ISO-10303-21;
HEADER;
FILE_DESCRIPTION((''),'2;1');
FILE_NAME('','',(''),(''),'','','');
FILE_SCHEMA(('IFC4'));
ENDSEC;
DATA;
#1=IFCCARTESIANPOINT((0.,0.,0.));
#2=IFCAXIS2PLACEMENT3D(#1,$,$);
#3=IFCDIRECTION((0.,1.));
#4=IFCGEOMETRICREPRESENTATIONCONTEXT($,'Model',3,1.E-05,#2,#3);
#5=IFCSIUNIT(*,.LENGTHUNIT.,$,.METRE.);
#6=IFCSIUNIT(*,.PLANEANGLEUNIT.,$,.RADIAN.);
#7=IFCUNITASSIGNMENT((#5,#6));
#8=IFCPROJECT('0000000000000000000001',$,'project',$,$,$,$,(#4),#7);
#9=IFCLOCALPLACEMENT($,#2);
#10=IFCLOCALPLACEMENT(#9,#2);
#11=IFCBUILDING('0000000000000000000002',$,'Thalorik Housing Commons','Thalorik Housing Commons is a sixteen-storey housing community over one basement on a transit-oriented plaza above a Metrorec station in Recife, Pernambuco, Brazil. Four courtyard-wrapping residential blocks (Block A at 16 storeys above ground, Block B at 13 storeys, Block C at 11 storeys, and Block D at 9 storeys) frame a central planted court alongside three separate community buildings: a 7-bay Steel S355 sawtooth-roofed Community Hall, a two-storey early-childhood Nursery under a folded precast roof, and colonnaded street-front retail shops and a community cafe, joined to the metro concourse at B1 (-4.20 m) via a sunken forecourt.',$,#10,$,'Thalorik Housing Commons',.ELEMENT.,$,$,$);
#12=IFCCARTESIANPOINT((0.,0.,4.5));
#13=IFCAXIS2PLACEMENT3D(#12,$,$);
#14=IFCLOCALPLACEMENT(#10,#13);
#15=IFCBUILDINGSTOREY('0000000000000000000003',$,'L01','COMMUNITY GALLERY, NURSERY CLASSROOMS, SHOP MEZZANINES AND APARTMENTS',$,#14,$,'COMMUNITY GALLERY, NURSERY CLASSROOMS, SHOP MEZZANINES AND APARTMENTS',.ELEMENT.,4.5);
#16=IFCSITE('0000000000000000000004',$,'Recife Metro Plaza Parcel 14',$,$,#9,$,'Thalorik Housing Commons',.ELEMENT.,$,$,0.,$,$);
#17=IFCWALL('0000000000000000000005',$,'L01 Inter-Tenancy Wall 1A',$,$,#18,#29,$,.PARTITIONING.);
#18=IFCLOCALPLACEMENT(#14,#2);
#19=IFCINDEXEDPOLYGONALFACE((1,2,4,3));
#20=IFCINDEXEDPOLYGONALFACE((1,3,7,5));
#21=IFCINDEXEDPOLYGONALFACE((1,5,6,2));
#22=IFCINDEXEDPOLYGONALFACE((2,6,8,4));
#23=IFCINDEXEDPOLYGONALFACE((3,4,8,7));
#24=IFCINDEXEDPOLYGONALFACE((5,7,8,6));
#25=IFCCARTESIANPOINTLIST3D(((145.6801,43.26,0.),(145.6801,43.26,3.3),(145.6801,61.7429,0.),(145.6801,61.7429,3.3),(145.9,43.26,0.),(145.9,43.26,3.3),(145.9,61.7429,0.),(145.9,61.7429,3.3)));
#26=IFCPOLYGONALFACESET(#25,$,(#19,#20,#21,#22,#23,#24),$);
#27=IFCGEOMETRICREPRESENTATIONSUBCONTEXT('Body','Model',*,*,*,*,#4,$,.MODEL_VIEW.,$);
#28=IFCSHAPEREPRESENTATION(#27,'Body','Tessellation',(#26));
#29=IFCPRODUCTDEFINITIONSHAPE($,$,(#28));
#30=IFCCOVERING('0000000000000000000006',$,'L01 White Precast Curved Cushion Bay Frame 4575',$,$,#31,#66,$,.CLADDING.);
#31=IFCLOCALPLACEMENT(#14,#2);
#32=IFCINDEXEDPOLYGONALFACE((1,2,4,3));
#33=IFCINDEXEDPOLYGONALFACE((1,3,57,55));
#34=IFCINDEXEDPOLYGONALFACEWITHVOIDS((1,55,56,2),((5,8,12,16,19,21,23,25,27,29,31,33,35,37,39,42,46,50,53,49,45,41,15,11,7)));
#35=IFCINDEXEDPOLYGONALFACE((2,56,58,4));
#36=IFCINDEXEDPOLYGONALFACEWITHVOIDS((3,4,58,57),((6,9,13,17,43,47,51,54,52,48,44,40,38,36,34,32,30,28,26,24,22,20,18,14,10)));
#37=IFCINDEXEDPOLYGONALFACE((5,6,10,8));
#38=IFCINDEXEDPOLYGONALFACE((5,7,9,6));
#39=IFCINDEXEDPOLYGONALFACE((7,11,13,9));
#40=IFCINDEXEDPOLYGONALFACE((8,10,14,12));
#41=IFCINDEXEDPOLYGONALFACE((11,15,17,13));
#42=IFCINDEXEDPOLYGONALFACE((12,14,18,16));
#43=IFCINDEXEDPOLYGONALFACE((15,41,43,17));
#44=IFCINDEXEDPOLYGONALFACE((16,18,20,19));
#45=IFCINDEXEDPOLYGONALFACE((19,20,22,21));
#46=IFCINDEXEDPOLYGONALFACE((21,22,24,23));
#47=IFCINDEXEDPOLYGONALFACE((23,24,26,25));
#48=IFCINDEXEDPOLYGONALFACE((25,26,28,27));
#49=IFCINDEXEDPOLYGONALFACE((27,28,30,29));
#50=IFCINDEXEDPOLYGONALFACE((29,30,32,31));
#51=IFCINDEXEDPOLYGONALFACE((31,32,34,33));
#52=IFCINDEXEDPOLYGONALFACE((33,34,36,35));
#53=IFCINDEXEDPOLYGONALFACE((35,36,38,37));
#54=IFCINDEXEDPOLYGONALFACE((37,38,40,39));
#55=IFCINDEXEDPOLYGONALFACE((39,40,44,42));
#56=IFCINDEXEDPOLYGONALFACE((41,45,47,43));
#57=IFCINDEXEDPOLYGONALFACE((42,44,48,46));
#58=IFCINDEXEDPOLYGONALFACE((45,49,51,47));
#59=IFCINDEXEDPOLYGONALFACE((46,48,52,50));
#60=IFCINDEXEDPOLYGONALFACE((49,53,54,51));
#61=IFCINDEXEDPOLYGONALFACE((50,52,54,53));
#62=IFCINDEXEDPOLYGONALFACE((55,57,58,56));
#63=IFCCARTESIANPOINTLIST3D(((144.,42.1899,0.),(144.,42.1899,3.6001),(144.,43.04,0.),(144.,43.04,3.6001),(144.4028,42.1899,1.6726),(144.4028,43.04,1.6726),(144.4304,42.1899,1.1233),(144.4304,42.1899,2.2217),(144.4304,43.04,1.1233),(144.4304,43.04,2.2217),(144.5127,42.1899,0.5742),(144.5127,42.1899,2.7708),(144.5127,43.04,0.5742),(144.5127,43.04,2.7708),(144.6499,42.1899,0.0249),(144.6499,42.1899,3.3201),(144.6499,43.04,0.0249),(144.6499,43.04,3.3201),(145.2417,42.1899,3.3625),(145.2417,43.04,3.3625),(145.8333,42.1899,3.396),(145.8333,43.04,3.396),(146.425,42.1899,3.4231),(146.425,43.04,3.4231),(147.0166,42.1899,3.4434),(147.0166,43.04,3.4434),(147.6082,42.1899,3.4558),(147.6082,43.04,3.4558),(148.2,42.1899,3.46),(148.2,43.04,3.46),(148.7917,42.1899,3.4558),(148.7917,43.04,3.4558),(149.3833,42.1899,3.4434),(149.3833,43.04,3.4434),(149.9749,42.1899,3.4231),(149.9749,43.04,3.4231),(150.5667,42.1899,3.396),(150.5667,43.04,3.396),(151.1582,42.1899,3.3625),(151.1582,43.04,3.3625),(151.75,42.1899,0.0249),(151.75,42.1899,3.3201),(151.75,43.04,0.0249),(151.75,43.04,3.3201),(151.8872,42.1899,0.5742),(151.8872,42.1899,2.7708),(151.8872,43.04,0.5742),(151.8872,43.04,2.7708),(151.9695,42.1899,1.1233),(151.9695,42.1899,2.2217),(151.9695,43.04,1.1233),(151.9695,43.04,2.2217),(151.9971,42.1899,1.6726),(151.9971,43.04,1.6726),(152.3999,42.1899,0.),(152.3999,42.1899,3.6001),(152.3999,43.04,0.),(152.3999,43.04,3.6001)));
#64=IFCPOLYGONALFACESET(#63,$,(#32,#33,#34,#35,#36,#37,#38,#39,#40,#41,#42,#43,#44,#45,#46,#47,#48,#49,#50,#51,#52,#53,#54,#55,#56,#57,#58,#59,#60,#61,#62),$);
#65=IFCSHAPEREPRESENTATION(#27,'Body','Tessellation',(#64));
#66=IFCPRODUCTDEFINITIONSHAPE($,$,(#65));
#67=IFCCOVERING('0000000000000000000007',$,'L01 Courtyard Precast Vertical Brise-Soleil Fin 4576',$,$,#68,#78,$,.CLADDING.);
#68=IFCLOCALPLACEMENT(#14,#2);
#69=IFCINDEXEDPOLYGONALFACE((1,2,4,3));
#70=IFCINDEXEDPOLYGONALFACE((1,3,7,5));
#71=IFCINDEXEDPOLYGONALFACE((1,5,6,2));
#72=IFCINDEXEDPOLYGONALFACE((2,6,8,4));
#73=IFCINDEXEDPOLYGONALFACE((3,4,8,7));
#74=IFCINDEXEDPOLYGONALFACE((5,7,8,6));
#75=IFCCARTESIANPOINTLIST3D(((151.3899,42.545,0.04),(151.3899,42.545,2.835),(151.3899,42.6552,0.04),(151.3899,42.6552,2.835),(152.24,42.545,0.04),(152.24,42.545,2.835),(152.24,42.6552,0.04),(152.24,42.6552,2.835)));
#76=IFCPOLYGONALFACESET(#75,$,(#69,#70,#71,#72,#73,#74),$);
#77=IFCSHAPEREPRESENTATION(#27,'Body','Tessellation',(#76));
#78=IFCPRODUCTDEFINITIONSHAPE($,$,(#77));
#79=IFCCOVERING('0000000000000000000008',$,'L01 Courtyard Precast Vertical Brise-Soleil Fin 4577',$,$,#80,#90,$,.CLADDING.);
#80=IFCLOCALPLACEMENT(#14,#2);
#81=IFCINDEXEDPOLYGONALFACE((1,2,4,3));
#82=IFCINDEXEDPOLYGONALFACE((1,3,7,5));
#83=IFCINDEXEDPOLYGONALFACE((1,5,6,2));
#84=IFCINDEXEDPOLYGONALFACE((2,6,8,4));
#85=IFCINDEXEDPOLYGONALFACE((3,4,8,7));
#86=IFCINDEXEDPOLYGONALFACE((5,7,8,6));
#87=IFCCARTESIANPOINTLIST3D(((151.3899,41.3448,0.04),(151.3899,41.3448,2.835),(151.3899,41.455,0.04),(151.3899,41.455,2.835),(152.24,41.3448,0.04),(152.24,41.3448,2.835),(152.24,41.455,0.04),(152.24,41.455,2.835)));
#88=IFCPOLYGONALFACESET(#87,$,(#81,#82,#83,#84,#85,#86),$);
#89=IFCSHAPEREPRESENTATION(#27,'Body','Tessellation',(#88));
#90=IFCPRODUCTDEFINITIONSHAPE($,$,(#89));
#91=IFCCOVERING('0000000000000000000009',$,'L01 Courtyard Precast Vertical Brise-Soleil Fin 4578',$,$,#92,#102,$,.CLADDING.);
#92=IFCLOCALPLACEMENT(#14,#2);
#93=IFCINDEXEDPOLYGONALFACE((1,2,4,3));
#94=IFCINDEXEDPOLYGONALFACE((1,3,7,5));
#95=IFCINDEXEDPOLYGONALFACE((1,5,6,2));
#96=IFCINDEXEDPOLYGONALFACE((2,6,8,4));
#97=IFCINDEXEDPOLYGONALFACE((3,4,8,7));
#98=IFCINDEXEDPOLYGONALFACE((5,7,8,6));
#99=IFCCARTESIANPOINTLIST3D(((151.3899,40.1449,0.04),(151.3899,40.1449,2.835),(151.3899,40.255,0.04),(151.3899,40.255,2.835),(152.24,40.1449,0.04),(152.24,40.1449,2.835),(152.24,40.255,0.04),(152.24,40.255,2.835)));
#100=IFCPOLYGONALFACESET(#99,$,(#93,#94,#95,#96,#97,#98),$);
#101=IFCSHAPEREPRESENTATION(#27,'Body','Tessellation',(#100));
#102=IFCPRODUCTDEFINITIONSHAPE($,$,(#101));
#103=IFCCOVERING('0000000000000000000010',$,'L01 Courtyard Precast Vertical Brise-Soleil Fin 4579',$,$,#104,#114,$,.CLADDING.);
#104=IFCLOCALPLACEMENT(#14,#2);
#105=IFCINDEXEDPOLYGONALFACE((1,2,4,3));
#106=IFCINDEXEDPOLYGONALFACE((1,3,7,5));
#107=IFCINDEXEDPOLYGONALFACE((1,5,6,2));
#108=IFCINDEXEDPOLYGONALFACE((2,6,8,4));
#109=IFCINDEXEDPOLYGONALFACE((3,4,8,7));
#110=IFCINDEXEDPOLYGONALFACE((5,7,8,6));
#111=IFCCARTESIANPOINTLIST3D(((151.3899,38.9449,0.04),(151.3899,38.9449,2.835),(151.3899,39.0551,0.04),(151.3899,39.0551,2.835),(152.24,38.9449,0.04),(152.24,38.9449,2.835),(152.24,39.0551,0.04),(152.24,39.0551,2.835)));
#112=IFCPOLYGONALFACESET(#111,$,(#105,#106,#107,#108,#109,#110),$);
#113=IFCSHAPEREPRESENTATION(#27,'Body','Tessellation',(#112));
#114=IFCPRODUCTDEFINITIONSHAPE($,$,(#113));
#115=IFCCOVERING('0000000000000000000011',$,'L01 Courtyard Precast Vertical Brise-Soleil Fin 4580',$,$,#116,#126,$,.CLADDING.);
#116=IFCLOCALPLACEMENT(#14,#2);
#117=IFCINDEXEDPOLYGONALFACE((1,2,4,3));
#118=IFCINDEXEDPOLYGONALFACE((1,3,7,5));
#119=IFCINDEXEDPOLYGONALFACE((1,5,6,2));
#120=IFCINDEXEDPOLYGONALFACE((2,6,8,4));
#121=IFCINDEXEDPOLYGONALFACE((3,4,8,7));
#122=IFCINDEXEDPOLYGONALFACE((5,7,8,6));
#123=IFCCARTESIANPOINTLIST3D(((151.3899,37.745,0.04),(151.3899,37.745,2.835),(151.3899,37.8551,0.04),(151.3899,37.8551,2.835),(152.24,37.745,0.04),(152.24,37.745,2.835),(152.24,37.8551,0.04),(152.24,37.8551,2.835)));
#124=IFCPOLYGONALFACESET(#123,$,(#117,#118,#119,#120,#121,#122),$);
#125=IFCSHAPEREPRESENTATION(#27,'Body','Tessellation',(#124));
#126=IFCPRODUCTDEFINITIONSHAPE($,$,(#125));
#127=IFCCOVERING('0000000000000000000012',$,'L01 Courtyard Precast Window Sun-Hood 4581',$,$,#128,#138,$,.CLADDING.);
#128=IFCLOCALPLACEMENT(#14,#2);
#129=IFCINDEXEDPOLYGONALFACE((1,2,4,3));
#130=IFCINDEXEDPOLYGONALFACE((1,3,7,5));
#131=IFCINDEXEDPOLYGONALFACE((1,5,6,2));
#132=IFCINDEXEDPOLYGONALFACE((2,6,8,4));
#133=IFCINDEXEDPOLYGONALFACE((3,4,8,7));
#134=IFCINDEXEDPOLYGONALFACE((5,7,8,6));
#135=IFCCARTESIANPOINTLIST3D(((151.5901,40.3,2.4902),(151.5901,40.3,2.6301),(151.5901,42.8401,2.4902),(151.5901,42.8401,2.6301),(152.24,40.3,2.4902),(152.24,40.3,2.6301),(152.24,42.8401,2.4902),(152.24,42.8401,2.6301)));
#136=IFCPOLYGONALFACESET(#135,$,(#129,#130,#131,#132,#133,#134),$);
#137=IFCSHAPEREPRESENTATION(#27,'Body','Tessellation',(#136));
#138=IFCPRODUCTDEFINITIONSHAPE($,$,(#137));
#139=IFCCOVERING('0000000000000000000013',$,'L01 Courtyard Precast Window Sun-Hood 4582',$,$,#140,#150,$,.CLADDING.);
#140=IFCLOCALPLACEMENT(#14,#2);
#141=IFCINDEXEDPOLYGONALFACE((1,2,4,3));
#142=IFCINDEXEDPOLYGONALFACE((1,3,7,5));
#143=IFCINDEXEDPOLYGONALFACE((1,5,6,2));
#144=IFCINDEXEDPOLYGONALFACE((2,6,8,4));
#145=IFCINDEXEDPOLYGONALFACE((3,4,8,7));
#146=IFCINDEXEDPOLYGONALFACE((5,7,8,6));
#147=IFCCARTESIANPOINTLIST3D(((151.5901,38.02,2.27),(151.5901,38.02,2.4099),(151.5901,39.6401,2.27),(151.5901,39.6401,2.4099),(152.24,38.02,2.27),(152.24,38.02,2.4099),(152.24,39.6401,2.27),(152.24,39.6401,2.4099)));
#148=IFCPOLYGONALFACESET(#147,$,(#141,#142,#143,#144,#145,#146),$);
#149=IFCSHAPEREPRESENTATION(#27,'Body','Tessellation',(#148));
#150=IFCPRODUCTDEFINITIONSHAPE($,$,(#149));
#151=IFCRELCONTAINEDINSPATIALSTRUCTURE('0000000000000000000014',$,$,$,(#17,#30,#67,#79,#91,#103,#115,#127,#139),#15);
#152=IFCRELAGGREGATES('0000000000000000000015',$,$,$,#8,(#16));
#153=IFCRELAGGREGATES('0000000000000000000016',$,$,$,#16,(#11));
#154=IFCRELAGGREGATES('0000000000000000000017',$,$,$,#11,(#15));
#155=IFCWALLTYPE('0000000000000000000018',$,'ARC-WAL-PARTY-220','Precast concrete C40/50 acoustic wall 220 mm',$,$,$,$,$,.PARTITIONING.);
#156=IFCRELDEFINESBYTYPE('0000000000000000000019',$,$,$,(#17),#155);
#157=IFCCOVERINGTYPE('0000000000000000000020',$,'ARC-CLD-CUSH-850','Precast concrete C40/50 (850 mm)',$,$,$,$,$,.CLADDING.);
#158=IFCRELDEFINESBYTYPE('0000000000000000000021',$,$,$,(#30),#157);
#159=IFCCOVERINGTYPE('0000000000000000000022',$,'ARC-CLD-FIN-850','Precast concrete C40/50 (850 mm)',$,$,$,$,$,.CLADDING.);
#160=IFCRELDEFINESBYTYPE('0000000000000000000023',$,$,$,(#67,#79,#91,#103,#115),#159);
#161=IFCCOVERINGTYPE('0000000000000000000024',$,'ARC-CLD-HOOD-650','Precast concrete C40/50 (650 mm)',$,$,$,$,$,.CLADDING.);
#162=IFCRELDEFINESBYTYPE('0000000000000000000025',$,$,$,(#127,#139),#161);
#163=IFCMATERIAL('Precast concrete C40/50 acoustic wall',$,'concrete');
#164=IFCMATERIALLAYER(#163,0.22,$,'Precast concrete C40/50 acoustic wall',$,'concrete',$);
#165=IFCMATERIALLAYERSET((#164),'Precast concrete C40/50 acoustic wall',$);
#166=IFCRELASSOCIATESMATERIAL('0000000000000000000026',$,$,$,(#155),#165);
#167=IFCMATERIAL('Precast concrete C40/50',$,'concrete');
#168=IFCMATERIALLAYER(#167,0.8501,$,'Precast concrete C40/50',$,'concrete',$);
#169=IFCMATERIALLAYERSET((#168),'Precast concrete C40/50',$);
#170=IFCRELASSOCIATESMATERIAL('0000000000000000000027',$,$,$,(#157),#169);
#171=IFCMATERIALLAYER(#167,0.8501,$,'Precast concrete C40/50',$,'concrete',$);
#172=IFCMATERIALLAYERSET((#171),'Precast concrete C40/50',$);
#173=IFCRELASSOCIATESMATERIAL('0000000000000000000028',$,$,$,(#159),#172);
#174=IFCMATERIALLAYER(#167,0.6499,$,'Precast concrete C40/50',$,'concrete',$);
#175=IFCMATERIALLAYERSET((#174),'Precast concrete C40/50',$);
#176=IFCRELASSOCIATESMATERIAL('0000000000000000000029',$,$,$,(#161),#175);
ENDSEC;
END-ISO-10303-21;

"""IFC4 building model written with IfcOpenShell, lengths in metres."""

from ifc_helpers import new_model, si_unit, direction, frame, frame_2d, origin, origin_2d, place, context, subcontext, project, spatial, polyline, rectangle, outline, extrude, material, layer, layer_set, type_object, element, save


model = new_model("IFC4")

# Units and contexts
model_context = context("Model", 3, precision=1e-05, world=origin(), true_north=direction((0.0, 1.0)))
body_context = subcontext(model_context, "Body", "Model", "MODEL_VIEW")
ifc_project = project(units=[si_unit("LENGTHUNIT", "METRE"), si_unit("PLANEANGLEUNIT", "RADIAN")], contexts=[model_context])

# Site, building, storey
site_placement = place(None, origin())
site = spatial("IfcSite", under=ifc_project, at=site_placement, Name="Recife Metro Plaza Parcel 14", LongName="Thalorik Housing Commons", CompositionType="ELEMENT", RefElevation=0.0)
building_placement = place(site_placement, origin())
building = spatial("IfcBuilding", under=site, at=building_placement, Name="Thalorik Housing Commons", Description="Thalorik Housing Commons is a sixteen-storey housing community over one basement on a transit-oriented plaza above a Metrorec station in Recife, Pernambuco, Brazil. Four courtyard-wrapping residential blocks (Block A at 16 storeys above ground, Block B at 13 storeys, Block C at 11 storeys, and Block D at 9 storeys) frame a central planted court alongside three separate community buildings: a 7-bay Steel S355 sawtooth-roofed Community Hall, a two-storey early-childhood Nursery under a folded precast roof, and colonnaded street-front retail shops and a community cafe, joined to the metro concourse at B1 (-4.20 m) via a sunken forecourt.", LongName="Thalorik Housing Commons", CompositionType="ELEMENT")
storey_placement = place(building_placement, frame((0.0, 0.0, 4.5)))
storey = spatial("IfcBuildingStorey", under=building, at=storey_placement, Name="L01", Description="COMMUNITY GALLERY, NURSERY CLASSROOMS, SHOP MEZZANINES AND APARTMENTS", LongName="COMMUNITY GALLERY, NURSERY CLASSROOMS, SHOP MEZZANINES AND APARTMENTS", CompositionType="ELEMENT", Elevation=4.5)

# Shared definitions
ifc_material_1 = material(Name="Precast concrete C40/50", Category="concrete")

# Wall
ifc_material_2 = material(Name="Precast concrete C40/50 acoustic wall", Category="concrete")
ifc_layer_1 = layer(ifc_material_2, 0.22, Name="Precast concrete C40/50 acoustic wall", Category="concrete")
ifc_layer_set_1 = layer_set([ifc_layer_1], Name="Precast concrete C40/50 acoustic wall")
wall_type_1 = type_object("IfcWallType", Name="ARC-WAL-PARTY-220", Description="Precast concrete C40/50 acoustic wall 220 mm", PredefinedType="PARTITIONING", material=ifc_layer_set_1)
wall_1_placement = place(storey_placement, frame((145.79, 43.26, 0.0), z_axis=(0.0, 0.0, 1.0), x_axis=(0.0, 1.0, 0.0)))
element("IfcWall", 1, at=wall_1_placement, inside=storey, type_object=wall_type_1, Name="L01 Inter-Tenancy Wall 1A", PredefinedType="PARTITIONING", context=body_context, shape_type="SweptSolid", body=[
    extrude(rectangle(XDim=18.4829, YDim=0.22, at=frame_2d((9.2415, 0.0))), origin(), (0.0, 0.0, 1.0), 3.3),
])

# Coverings
ifc_layer_2 = layer(ifc_material_1, 0.8501, Name="Precast concrete C40/50", Category="concrete")
ifc_layer_set_2 = layer_set([ifc_layer_2], Name="Precast concrete C40/50")
covering_type_1 = type_object("IfcCoveringType", Name="ARC-CLD-CUSH-850", Description="Precast concrete C40/50 (850 mm)", PredefinedType="CLADDING", material=ifc_layer_set_2)
covering_1_placement = place(storey_placement, frame((148.2, 42.615, 0.0), z_axis=(0.0, 0.0, 1.0), x_axis=(1.0, 0.0, 0.0)))
element("IfcCovering", 2, at=covering_1_placement, inside=storey, type_object=covering_type_1, Name="L01 White Precast Curved Cushion Bay Frame 4575", PredefinedType="CLADDING", context=body_context, shape_type="SweptSolid", body=[
    extrude(outline(polyline([(-4.2, 0.0), (4.2, 0.0), (4.2, 3.6001), (-4.2, 3.6001), (-4.2, 0.0)]), holes=[polyline([(3.55, 0.0249), (3.6873, 0.5742), (3.7695, 1.1233), (3.7971, 1.6726), (3.7695, 2.2217), (3.6873, 2.7708), (3.55, 3.3201), (2.9583, 3.3625), (2.3667, 3.396), (1.7749, 3.4231), (1.1833, 3.4434), (0.5918, 3.4558), (0.0, 3.46), (-0.5918, 3.4558), (-1.1833, 3.4434), (-1.7749, 3.4231), (-2.3667, 3.396), (-2.9583, 3.3625), (-3.55, 3.3201), (-3.6873, 2.7708), (-3.7695, 2.2217), (-3.7971, 1.6726), (-3.7695, 1.1233), (-3.6873, 0.5742), (-3.55, 0.0249), (3.55, 0.0249)])]), frame((0.0, 0.425, 0.0), z_axis=(0.0, -1.0, 0.0), x_axis=(1.0, 0.0, 0.0)), (0.0, 0.0, 1.0), 0.8501),
])
ifc_layer_3 = layer(ifc_material_1, 0.8501, Name="Precast concrete C40/50", Category="concrete")
ifc_layer_set_3 = layer_set([ifc_layer_3], Name="Precast concrete C40/50")
covering_type_2 = type_object("IfcCoveringType", Name="ARC-CLD-FIN-850", Description="Precast concrete C40/50 (850 mm)", PredefinedType="CLADDING", material=ifc_layer_set_3)
for number, where, z_axis, x_axis, name in (
    (3, (151.8149, 42.6001, 0.04), (0.0, 0.0, 1.0), (0.0, -1.0, 0.0), "L01 Courtyard Precast Vertical Brise-Soleil Fin 4576"),
    (4, (151.8149, 41.3999, 0.04), (0.0, 0.0, 1.0), (0.0, -1.0, 0.0), "L01 Courtyard Precast Vertical Brise-Soleil Fin 4577"),
    (5, (151.8149, 40.2, 0.04), (0.0, 0.0, 1.0), (0.0, -1.0, 0.0), "L01 Courtyard Precast Vertical Brise-Soleil Fin 4578"),
    (6, (151.8149, 39.0, 0.04), (0.0, 0.0, 1.0), (0.0, -1.0, 0.0), "L01 Courtyard Precast Vertical Brise-Soleil Fin 4579"),
    (7, (151.8149, 37.8, 0.04), (0.0, 0.0, 1.0), (0.0, -1.0, 0.0), "L01 Courtyard Precast Vertical Brise-Soleil Fin 4580"),
):
    element("IfcCovering", number, at=place(storey_placement, frame(where, z_axis=z_axis, x_axis=x_axis)), inside=storey, type_object=covering_type_2, Name=name, PredefinedType="CLADDING", context=body_context, shape_type="SweptSolid", body=[
        extrude(rectangle(XDim=0.1101, YDim=0.8501, at=origin_2d()), origin(), (0.0, 0.0, 1.0), 2.7949),
    ])
ifc_layer_4 = layer(ifc_material_1, 0.6499, Name="Precast concrete C40/50", Category="concrete")
ifc_layer_set_4 = layer_set([ifc_layer_4], Name="Precast concrete C40/50")
covering_type_3 = type_object("IfcCoveringType", Name="ARC-CLD-HOOD-650", Description="Precast concrete C40/50 (650 mm)", PredefinedType="CLADDING", material=ifc_layer_set_4)
covering_2_placement = place(storey_placement, frame((151.915, 41.5701, 2.4902), z_axis=(0.0, 0.0, 1.0), x_axis=(0.0, -1.0, 0.0)))
element("IfcCovering", 8, at=covering_2_placement, inside=storey, type_object=covering_type_3, Name="L01 Courtyard Precast Window Sun-Hood 4581", PredefinedType="CLADDING", context=body_context, shape_type="SweptSolid", body=[
    extrude(rectangle(XDim=2.54, YDim=0.6499, at=origin_2d()), origin(), (0.0, 0.0, 1.0), 0.1399),
])
covering_3_placement = place(storey_placement, frame((151.915, 38.8301, 2.27), z_axis=(0.0, 0.0, 1.0), x_axis=(0.0, -1.0, 0.0)))
element("IfcCovering", 9, at=covering_3_placement, inside=storey, type_object=covering_type_3, Name="L01 Courtyard Precast Window Sun-Hood 4582", PredefinedType="CLADDING", context=body_context, shape_type="SweptSolid", body=[
    extrude(rectangle(XDim=1.6201, YDim=0.6499, at=origin_2d()), origin(), (0.0, 0.0, 1.0), 0.1399),
])

save(model, "model.ifc")
